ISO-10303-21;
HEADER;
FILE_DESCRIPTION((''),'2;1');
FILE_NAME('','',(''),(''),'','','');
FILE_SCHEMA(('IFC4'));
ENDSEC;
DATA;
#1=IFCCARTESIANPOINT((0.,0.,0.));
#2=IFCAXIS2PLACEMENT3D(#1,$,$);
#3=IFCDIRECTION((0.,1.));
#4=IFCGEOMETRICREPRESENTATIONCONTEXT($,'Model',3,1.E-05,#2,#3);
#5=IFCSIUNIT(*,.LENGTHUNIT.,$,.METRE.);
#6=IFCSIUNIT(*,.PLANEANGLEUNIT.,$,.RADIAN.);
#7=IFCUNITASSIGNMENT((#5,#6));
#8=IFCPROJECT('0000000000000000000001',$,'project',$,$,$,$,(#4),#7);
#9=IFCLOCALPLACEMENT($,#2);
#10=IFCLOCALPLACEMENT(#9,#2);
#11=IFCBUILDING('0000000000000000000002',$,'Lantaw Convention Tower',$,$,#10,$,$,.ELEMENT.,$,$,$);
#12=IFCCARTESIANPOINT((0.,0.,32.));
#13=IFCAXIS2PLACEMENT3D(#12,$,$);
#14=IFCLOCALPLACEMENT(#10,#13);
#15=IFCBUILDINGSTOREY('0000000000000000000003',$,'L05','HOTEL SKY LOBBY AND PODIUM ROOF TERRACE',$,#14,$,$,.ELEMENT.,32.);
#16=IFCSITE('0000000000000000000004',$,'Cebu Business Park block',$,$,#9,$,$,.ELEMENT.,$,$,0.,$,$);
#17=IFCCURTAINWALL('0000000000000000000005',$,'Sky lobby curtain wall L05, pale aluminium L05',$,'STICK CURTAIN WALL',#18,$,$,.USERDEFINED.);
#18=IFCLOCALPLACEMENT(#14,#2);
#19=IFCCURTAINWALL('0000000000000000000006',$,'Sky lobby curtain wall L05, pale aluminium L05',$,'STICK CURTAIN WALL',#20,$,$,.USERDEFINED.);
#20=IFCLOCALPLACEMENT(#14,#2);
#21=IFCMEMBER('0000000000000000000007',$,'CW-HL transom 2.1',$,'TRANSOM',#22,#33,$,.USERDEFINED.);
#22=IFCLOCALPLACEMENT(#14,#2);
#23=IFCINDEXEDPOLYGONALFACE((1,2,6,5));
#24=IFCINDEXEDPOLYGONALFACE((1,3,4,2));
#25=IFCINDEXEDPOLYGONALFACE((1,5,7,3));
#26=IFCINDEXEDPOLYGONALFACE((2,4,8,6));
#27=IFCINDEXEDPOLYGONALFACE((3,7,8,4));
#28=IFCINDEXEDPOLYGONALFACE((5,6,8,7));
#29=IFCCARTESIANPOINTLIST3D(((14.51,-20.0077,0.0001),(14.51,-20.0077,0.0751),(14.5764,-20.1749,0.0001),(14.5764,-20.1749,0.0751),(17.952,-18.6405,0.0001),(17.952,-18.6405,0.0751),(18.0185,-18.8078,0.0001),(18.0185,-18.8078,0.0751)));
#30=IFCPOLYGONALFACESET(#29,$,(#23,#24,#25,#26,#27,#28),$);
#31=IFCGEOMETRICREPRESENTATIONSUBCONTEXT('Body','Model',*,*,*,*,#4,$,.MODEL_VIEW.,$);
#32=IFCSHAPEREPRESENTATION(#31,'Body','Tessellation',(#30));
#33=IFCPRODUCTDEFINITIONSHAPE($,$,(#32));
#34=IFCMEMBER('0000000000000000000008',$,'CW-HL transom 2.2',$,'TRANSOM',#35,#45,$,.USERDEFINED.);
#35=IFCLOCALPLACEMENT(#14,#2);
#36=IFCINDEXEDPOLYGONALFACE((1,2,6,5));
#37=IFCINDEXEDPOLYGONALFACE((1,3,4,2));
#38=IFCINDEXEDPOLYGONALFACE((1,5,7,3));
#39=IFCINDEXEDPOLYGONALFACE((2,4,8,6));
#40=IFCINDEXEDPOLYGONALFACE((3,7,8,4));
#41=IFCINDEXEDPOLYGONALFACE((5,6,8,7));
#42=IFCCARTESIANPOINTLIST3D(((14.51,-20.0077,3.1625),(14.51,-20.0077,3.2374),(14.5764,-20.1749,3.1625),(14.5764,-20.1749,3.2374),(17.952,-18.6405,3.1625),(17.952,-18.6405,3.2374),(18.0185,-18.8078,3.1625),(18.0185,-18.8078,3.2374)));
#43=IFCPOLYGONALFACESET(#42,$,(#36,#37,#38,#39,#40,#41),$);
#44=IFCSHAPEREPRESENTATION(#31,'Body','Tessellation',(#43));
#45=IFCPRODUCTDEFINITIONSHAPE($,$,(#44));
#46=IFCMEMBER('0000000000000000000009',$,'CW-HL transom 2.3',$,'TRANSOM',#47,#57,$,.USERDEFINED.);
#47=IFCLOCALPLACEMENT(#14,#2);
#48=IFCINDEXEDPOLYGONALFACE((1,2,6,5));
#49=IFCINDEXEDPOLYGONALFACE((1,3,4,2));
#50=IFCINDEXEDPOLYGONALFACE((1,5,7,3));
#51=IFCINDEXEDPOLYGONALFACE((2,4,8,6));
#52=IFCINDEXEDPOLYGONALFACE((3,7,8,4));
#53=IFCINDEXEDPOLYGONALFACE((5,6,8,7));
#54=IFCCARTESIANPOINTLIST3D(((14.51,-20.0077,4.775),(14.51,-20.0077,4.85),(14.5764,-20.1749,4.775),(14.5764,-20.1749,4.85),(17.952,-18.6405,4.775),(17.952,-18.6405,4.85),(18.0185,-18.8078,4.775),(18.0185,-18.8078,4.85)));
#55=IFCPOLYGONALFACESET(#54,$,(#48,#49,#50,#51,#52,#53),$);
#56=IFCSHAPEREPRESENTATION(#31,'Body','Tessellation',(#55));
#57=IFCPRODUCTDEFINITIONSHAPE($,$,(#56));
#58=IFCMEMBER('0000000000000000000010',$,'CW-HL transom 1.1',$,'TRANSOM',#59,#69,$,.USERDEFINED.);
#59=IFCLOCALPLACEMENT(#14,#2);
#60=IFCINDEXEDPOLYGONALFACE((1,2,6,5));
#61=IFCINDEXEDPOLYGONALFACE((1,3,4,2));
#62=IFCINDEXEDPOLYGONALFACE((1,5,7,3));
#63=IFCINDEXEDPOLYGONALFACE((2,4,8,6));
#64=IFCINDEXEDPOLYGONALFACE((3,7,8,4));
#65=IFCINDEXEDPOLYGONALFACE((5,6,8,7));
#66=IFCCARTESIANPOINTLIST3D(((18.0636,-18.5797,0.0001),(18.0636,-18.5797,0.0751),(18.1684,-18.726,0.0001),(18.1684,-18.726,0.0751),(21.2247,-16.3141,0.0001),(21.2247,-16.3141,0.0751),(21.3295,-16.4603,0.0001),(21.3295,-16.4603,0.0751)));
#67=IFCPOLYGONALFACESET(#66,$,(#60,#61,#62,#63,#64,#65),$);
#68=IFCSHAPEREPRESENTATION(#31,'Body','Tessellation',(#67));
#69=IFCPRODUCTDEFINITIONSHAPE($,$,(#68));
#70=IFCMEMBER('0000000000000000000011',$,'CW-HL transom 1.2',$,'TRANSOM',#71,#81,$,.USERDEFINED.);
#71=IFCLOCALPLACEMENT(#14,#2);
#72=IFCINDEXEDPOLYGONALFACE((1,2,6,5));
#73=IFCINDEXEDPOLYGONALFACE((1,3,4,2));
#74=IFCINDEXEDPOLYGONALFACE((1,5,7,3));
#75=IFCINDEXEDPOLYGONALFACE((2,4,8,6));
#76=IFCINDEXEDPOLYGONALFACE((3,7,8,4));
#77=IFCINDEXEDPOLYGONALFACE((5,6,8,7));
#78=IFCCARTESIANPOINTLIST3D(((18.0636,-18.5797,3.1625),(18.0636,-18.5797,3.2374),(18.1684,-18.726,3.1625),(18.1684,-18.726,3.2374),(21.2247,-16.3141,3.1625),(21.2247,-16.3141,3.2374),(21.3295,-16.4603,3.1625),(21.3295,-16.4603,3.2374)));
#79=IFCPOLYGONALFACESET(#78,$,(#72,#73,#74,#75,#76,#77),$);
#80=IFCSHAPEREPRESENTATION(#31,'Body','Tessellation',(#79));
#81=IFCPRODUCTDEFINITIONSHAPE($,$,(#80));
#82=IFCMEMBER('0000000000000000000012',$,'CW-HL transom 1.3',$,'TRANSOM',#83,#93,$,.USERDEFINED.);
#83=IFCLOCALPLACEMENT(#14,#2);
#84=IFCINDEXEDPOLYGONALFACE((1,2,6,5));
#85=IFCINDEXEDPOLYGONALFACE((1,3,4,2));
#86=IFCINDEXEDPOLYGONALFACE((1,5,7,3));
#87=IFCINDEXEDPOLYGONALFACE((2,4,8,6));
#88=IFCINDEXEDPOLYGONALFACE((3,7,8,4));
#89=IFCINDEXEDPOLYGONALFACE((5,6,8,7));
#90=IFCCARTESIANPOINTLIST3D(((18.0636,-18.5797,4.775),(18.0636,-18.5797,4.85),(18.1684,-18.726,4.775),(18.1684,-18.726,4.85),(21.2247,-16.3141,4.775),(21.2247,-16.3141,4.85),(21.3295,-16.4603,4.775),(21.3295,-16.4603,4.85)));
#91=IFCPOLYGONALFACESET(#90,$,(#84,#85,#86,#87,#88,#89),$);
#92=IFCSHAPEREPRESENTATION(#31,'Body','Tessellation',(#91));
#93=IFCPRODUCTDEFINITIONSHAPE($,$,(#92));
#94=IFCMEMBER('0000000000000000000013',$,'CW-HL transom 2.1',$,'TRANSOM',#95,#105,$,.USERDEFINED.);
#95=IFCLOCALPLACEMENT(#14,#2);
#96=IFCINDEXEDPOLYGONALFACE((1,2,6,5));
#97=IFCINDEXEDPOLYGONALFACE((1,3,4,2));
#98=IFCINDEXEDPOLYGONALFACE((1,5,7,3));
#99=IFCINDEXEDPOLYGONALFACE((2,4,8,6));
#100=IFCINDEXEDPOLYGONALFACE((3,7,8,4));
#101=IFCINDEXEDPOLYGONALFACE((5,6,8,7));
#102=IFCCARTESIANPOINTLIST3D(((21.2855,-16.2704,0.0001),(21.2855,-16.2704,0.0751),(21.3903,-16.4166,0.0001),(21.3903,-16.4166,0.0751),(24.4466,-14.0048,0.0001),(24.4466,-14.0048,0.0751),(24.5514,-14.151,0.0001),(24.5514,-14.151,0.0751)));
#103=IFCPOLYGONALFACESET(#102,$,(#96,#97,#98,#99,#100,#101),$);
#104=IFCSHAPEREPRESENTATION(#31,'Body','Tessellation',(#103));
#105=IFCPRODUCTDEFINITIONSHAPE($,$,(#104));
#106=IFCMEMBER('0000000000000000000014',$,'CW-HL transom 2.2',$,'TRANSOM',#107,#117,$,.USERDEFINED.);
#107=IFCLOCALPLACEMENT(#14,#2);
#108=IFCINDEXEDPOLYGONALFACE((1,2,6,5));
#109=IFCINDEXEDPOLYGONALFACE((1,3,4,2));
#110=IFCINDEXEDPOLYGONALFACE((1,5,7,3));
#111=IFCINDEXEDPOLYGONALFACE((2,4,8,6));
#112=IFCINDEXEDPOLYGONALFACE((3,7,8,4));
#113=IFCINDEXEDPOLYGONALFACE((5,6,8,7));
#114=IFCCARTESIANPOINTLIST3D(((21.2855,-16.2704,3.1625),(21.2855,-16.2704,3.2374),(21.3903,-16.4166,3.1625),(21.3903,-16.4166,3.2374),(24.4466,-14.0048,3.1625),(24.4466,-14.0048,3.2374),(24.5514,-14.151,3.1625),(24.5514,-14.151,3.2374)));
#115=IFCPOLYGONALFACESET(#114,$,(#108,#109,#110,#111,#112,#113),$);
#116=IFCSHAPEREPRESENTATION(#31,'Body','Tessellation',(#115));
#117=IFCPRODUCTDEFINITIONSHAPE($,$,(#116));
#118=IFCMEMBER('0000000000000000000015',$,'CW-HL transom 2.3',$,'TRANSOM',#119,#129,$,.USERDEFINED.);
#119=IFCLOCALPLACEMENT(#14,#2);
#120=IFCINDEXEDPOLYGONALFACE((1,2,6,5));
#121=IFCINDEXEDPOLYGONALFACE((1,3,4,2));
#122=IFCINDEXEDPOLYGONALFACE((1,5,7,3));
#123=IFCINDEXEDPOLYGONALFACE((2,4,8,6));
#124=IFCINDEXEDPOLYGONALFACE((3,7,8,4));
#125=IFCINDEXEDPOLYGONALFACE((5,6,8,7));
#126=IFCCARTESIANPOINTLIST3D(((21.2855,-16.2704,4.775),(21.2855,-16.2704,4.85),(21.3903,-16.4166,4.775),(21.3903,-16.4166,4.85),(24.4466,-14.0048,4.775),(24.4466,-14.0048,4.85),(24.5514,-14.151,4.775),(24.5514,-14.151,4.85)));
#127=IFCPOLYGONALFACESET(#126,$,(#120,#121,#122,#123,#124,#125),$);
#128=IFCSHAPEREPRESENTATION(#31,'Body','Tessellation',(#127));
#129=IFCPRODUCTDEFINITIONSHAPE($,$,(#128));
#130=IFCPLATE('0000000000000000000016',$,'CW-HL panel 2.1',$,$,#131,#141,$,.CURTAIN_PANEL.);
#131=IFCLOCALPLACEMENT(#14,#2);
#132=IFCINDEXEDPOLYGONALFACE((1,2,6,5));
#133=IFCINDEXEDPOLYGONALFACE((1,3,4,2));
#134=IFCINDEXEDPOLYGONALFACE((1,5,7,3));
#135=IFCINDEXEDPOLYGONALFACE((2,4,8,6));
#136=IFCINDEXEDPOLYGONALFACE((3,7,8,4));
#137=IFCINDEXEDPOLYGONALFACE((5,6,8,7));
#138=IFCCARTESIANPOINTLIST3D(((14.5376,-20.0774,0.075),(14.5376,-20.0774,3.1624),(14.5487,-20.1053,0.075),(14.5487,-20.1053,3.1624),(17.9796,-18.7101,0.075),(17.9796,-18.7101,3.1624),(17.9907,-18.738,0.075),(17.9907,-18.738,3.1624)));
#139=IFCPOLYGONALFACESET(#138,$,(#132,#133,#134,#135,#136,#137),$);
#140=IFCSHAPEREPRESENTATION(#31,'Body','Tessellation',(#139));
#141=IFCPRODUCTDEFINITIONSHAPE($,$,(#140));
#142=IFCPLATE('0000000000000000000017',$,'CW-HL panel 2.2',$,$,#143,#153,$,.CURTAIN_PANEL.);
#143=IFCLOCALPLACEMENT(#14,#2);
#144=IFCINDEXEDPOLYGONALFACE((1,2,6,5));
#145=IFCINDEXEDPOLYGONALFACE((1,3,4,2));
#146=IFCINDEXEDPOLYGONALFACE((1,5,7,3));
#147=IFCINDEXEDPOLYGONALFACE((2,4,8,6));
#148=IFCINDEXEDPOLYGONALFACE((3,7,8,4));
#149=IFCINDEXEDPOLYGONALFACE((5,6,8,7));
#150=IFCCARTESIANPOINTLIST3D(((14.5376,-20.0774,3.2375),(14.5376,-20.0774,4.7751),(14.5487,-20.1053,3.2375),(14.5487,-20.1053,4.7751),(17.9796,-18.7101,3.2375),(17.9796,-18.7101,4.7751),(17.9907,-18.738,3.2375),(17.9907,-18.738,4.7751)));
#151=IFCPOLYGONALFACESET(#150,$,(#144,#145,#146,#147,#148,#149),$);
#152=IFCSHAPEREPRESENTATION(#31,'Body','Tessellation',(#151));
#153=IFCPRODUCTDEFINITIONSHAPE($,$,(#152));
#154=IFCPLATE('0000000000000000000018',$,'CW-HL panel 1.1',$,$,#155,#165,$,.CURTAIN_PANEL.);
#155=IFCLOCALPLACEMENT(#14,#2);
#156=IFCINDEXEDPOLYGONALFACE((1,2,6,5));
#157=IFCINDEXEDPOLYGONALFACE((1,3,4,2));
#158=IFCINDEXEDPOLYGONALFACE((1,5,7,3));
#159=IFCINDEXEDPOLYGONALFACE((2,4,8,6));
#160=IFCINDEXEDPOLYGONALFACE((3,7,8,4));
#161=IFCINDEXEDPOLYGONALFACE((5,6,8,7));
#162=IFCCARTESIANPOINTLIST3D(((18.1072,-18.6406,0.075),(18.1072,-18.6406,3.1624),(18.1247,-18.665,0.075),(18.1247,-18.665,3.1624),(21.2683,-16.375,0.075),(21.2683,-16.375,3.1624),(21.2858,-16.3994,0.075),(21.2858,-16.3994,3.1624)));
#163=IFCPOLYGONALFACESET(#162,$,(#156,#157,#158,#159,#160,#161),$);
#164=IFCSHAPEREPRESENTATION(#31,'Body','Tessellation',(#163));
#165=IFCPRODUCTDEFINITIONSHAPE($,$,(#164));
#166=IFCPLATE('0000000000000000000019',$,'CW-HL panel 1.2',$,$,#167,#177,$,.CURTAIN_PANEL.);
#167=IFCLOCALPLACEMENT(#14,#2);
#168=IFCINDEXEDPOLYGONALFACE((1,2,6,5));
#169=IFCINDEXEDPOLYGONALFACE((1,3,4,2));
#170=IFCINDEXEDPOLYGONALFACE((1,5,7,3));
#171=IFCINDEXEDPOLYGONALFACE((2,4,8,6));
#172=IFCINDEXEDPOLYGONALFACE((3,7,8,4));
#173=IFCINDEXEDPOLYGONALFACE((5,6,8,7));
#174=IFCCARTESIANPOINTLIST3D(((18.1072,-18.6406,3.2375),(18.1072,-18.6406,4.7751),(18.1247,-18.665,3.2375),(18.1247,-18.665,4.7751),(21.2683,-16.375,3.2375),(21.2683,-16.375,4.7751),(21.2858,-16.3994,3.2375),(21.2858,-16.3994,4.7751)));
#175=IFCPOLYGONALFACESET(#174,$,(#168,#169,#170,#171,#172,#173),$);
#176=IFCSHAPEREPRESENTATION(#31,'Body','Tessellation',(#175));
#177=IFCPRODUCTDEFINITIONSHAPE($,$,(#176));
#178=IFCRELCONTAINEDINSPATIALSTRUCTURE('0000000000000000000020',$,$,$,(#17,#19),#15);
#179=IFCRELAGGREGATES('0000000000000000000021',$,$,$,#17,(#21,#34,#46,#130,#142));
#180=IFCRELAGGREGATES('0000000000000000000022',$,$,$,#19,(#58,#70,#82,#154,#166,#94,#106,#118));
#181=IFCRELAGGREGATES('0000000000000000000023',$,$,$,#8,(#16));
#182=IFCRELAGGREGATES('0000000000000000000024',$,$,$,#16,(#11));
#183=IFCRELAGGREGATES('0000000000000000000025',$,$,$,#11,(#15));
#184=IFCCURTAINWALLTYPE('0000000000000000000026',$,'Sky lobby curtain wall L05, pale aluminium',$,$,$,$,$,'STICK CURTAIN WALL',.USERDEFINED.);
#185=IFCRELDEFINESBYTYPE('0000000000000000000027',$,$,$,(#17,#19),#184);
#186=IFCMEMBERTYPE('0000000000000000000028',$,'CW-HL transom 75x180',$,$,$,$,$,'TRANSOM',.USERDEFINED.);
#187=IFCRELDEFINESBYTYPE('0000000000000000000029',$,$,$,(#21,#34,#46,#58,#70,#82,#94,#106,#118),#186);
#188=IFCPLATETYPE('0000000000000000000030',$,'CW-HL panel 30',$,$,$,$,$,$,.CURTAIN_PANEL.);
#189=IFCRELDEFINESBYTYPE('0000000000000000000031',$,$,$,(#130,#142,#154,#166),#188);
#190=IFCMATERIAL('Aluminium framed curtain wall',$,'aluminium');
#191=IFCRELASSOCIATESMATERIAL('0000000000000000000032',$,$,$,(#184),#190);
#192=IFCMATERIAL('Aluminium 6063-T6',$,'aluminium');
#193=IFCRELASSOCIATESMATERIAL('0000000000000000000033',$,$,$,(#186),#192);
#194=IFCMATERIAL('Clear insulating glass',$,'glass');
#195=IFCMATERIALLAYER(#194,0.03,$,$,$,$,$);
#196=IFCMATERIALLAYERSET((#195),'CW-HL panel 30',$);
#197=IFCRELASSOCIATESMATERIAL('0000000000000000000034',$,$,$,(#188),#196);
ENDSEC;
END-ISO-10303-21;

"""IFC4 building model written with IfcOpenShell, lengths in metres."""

from ifc_helpers import new_model, si_unit, direction, frame, origin, origin_2d, place, context, subcontext, project, spatial, rectangle, extrude, material, layer, layer_set, material_profile, profile_set, type_object, element, aggregate, save


model = new_model("IFC4")

# Units and contexts
model_context = context("Model", 3, precision=1e-05, world=origin(), true_north=direction((0.0, 1.0)))
body_context = subcontext(model_context, "Body", "Model", "MODEL_VIEW")
ifc_project = project(units=[si_unit("LENGTHUNIT", "METRE"), si_unit("PLANEANGLEUNIT", "RADIAN")], contexts=[model_context])

# Site, building, storey
site_placement = place(None, origin())
site = spatial("IfcSite", under=ifc_project, at=site_placement, Name="Cebu Business Park block", CompositionType="ELEMENT", RefElevation=0.0)
building_placement = place(site_placement, origin())
building = spatial("IfcBuilding", under=site, at=building_placement, Name="Lantaw Convention Tower", CompositionType="ELEMENT")
storey_placement = place(building_placement, frame((0.0, 0.0, 32.0)))
storey = spatial("IfcBuildingStorey", under=building, at=storey_placement, Name="L05", Description="HOTEL SKY LOBBY AND PODIUM ROOF TERRACE", CompositionType="ELEMENT", Elevation=32.0)

# Curtain wall
ifc_material_1 = material(Name="Aluminium framed curtain wall", Category="aluminium")
curtain_wall_type = type_object("IfcCurtainWallType", Name="Sky lobby curtain wall L05, pale aluminium", ElementType="STICK CURTAIN WALL", PredefinedType="USERDEFINED", material=ifc_material_1)
curtain_wall_1_placement = place(storey_placement, origin())
curtain_wall_1 = element("IfcCurtainWall", 1, at=curtain_wall_1_placement, inside=storey, type_object=curtain_wall_type, Name="Sky lobby curtain wall L05, pale aluminium L05", ObjectType="STICK CURTAIN WALL", PredefinedType="USERDEFINED")
ifc_material_2 = material(Name="Aluminium 6063-T6", Category="aluminium")

# Curtain wall
curtain_wall_2_placement = place(storey_placement, origin())
curtain_wall_2 = element("IfcCurtainWall", 2, at=curtain_wall_2_placement, inside=storey, type_object=curtain_wall_type, Name="Sky lobby curtain wall L05, pale aluminium L05", ObjectType="STICK CURTAIN WALL", PredefinedType="USERDEFINED")

# Members
ifc_material_profile_1 = material_profile(ifc_material_2, rectangle(XDim=0.1799, YDim=0.075, at=origin_2d()), Name="CW-HL transom 75x180")
ifc_profile_set_1 = profile_set([ifc_material_profile_1], Name="Aluminium 6063-T6")
member_type_1 = type_object("IfcMemberType", Name="CW-HL transom 75x180", ElementType="TRANSOM", PredefinedType="USERDEFINED", material=ifc_profile_set_1)
member_1_placement = place(storey_placement, frame((14.5432, -20.0913, 0.0376), z_axis=(0.929374, 0.369139, 0.0), x_axis=(-0.369139, 0.929374, 0.0)))
member_1 = element("IfcMember", 3, at=member_1_placement, type_object=member_type_1, Name="CW-HL transom 2.1", ObjectType="TRANSOM", PredefinedType="USERDEFINED", context=body_context, shape_type="SweptSolid", body=[
    extrude(rectangle(XDim=0.1799, YDim=0.075, at=origin_2d()), origin(), (0.0, 0.0, 1.0), 3.7036),
])
member_2_placement = place(storey_placement, frame((14.5432, -20.0913, 3.2), z_axis=(0.929374, 0.369139, 0.0), x_axis=(-0.369139, 0.929374, 0.0)))
member_2 = element("IfcMember", 4, at=member_2_placement, type_object=member_type_1, Name="CW-HL transom 2.2", ObjectType="TRANSOM", PredefinedType="USERDEFINED", context=body_context, shape_type="SweptSolid", body=[
    extrude(rectangle(XDim=0.1799, YDim=0.075, at=origin_2d()), origin(), (0.0, 0.0, 1.0), 3.7036),
])
member_3_placement = place(storey_placement, frame((14.5432, -20.0913, 4.8125), z_axis=(0.929374, 0.369139, 0.0), x_axis=(-0.369139, 0.929374, 0.0)))
member_3 = element("IfcMember", 5, at=member_3_placement, type_object=member_type_1, Name="CW-HL transom 2.3", ObjectType="TRANSOM", PredefinedType="USERDEFINED", context=body_context, shape_type="SweptSolid", body=[
    extrude(rectangle(XDim=0.1799, YDim=0.075, at=origin_2d()), origin(), (0.0, 0.0, 1.0), 3.7036),
])
member_4_placement = place(storey_placement, frame((18.116, -18.6528, 0.0376), z_axis=(0.812799, 0.582544, 0.0), x_axis=(-0.582544, 0.812799, 0.0)))
member_4 = element("IfcMember", 6, at=member_4_placement, type_object=member_type_1, Name="CW-HL transom 1.1", ObjectType="TRANSOM", PredefinedType="USERDEFINED", context=body_context, shape_type="SweptSolid", body=[
    extrude(rectangle(XDim=0.1799, YDim=0.075, at=origin_2d()), origin(), (0.0, 0.0, 1.0), 3.8892),
])
member_5_placement = place(storey_placement, frame((18.116, -18.6528, 3.2), z_axis=(0.812799, 0.582544, 0.0), x_axis=(-0.582544, 0.812799, 0.0)))
member_5 = element("IfcMember", 7, at=member_5_placement, type_object=member_type_1, Name="CW-HL transom 1.2", ObjectType="TRANSOM", PredefinedType="USERDEFINED", context=body_context, shape_type="SweptSolid", body=[
    extrude(rectangle(XDim=0.1799, YDim=0.075, at=origin_2d()), origin(), (0.0, 0.0, 1.0), 3.8892),
])
member_6_placement = place(storey_placement, frame((18.116, -18.6528, 4.8125), z_axis=(0.812799, 0.582544, 0.0), x_axis=(-0.582544, 0.812799, 0.0)))
member_6 = element("IfcMember", 8, at=member_6_placement, type_object=member_type_1, Name="CW-HL transom 1.3", ObjectType="TRANSOM", PredefinedType="USERDEFINED", context=body_context, shape_type="SweptSolid", body=[
    extrude(rectangle(XDim=0.1799, YDim=0.075, at=origin_2d()), origin(), (0.0, 0.0, 1.0), 3.8892),
])
member_7_placement = place(storey_placement, frame((21.3379, -16.3435, 0.0376), z_axis=(0.812799, 0.582544, 0.0), x_axis=(-0.582544, 0.812799, 0.0)))
member_7 = element("IfcMember", 9, at=member_7_placement, type_object=member_type_1, Name="CW-HL transom 2.1", ObjectType="TRANSOM", PredefinedType="USERDEFINED", context=body_context, shape_type="SweptSolid", body=[
    extrude(rectangle(XDim=0.1799, YDim=0.075, at=origin_2d()), origin(), (0.0, 0.0, 1.0), 3.8892),
])
member_8_placement = place(storey_placement, frame((21.3379, -16.3435, 3.2), z_axis=(0.812799, 0.582544, 0.0), x_axis=(-0.582544, 0.812799, 0.0)))
member_8 = element("IfcMember", 10, at=member_8_placement, type_object=member_type_1, Name="CW-HL transom 2.2", ObjectType="TRANSOM", PredefinedType="USERDEFINED", context=body_context, shape_type="SweptSolid", body=[
    extrude(rectangle(XDim=0.1799, YDim=0.075, at=origin_2d()), origin(), (0.0, 0.0, 1.0), 3.8892),
])
member_9_placement = place(storey_placement, frame((21.3379, -16.3435, 4.8125), z_axis=(0.812799, 0.582544, 0.0), x_axis=(-0.582544, 0.812799, 0.0)))
member_9 = element("IfcMember", 11, at=member_9_placement, type_object=member_type_1, Name="CW-HL transom 2.3", ObjectType="TRANSOM", PredefinedType="USERDEFINED", context=body_context, shape_type="SweptSolid", body=[
    extrude(rectangle(XDim=0.1799, YDim=0.075, at=origin_2d()), origin(), (0.0, 0.0, 1.0), 3.8892),
])

# Plates
ifc_material_3 = material(Name="Clear insulating glass", Category="glass")
ifc_layer = layer(ifc_material_3, 0.03)
ifc_layer_set = layer_set([ifc_layer], Name="CW-HL panel 30")
plate_type = type_object("IfcPlateType", Name="CW-HL panel 30", PredefinedType="CURTAIN_PANEL", material=ifc_layer_set)
plate_1_placement = place(storey_placement, frame((16.2642, -19.4077, 0.075), z_axis=(0.0, 0.0, 1.0), x_axis=(0.929361, 0.369172, 0.0)))
plate_1 = element("IfcPlate", 12, at=plate_1_placement, type_object=plate_type, Name="CW-HL panel 2.1", PredefinedType="CURTAIN_PANEL", context=body_context, shape_type="SweptSolid", body=[
    extrude(rectangle(XDim=3.7036, YDim=0.03, at=origin_2d()), origin(), (0.0, 0.0, 1.0), 3.0874),
])
plate_2_placement = place(storey_placement, frame((16.2642, -19.4077, 3.2375), z_axis=(0.0, 0.0, 1.0), x_axis=(0.929361, 0.369172, 0.0)))
plate_2 = element("IfcPlate", 13, at=plate_2_placement, type_object=plate_type, Name="CW-HL panel 2.2", PredefinedType="CURTAIN_PANEL", context=body_context, shape_type="SweptSolid", body=[
    extrude(rectangle(XDim=3.7036, YDim=0.03, at=origin_2d()), origin(), (0.0, 0.0, 1.0), 1.5376),
])
aggregate(curtain_wall_1, [member_1, member_2, member_3, plate_1, plate_2])
plate_3_placement = place(storey_placement, frame((19.6965, -17.52, 0.075), z_axis=(0.0, 0.0, 1.0), x_axis=(0.812804, 0.582538, 0.0)))
plate_3 = element("IfcPlate", 14, at=plate_3_placement, type_object=plate_type, Name="CW-HL panel 1.1", PredefinedType="CURTAIN_PANEL", context=body_context, shape_type="SweptSolid", body=[
    extrude(rectangle(XDim=3.8892, YDim=0.03, at=origin_2d()), origin(), (0.0, 0.0, 1.0), 3.0874),
])
plate_4_placement = place(storey_placement, frame((19.6965, -17.52, 3.2375), z_axis=(0.0, 0.0, 1.0), x_axis=(0.812804, 0.582538, 0.0)))
plate_4 = element("IfcPlate", 15, at=plate_4_placement, type_object=plate_type, Name="CW-HL panel 1.2", PredefinedType="CURTAIN_PANEL", context=body_context, shape_type="SweptSolid", body=[
    extrude(rectangle(XDim=3.8892, YDim=0.03, at=origin_2d()), origin(), (0.0, 0.0, 1.0), 1.5376),
])
aggregate(curtain_wall_2, [member_4, member_5, member_6, plate_3, plate_4, member_7, member_8, member_9])

save(model, "model.ifc")
